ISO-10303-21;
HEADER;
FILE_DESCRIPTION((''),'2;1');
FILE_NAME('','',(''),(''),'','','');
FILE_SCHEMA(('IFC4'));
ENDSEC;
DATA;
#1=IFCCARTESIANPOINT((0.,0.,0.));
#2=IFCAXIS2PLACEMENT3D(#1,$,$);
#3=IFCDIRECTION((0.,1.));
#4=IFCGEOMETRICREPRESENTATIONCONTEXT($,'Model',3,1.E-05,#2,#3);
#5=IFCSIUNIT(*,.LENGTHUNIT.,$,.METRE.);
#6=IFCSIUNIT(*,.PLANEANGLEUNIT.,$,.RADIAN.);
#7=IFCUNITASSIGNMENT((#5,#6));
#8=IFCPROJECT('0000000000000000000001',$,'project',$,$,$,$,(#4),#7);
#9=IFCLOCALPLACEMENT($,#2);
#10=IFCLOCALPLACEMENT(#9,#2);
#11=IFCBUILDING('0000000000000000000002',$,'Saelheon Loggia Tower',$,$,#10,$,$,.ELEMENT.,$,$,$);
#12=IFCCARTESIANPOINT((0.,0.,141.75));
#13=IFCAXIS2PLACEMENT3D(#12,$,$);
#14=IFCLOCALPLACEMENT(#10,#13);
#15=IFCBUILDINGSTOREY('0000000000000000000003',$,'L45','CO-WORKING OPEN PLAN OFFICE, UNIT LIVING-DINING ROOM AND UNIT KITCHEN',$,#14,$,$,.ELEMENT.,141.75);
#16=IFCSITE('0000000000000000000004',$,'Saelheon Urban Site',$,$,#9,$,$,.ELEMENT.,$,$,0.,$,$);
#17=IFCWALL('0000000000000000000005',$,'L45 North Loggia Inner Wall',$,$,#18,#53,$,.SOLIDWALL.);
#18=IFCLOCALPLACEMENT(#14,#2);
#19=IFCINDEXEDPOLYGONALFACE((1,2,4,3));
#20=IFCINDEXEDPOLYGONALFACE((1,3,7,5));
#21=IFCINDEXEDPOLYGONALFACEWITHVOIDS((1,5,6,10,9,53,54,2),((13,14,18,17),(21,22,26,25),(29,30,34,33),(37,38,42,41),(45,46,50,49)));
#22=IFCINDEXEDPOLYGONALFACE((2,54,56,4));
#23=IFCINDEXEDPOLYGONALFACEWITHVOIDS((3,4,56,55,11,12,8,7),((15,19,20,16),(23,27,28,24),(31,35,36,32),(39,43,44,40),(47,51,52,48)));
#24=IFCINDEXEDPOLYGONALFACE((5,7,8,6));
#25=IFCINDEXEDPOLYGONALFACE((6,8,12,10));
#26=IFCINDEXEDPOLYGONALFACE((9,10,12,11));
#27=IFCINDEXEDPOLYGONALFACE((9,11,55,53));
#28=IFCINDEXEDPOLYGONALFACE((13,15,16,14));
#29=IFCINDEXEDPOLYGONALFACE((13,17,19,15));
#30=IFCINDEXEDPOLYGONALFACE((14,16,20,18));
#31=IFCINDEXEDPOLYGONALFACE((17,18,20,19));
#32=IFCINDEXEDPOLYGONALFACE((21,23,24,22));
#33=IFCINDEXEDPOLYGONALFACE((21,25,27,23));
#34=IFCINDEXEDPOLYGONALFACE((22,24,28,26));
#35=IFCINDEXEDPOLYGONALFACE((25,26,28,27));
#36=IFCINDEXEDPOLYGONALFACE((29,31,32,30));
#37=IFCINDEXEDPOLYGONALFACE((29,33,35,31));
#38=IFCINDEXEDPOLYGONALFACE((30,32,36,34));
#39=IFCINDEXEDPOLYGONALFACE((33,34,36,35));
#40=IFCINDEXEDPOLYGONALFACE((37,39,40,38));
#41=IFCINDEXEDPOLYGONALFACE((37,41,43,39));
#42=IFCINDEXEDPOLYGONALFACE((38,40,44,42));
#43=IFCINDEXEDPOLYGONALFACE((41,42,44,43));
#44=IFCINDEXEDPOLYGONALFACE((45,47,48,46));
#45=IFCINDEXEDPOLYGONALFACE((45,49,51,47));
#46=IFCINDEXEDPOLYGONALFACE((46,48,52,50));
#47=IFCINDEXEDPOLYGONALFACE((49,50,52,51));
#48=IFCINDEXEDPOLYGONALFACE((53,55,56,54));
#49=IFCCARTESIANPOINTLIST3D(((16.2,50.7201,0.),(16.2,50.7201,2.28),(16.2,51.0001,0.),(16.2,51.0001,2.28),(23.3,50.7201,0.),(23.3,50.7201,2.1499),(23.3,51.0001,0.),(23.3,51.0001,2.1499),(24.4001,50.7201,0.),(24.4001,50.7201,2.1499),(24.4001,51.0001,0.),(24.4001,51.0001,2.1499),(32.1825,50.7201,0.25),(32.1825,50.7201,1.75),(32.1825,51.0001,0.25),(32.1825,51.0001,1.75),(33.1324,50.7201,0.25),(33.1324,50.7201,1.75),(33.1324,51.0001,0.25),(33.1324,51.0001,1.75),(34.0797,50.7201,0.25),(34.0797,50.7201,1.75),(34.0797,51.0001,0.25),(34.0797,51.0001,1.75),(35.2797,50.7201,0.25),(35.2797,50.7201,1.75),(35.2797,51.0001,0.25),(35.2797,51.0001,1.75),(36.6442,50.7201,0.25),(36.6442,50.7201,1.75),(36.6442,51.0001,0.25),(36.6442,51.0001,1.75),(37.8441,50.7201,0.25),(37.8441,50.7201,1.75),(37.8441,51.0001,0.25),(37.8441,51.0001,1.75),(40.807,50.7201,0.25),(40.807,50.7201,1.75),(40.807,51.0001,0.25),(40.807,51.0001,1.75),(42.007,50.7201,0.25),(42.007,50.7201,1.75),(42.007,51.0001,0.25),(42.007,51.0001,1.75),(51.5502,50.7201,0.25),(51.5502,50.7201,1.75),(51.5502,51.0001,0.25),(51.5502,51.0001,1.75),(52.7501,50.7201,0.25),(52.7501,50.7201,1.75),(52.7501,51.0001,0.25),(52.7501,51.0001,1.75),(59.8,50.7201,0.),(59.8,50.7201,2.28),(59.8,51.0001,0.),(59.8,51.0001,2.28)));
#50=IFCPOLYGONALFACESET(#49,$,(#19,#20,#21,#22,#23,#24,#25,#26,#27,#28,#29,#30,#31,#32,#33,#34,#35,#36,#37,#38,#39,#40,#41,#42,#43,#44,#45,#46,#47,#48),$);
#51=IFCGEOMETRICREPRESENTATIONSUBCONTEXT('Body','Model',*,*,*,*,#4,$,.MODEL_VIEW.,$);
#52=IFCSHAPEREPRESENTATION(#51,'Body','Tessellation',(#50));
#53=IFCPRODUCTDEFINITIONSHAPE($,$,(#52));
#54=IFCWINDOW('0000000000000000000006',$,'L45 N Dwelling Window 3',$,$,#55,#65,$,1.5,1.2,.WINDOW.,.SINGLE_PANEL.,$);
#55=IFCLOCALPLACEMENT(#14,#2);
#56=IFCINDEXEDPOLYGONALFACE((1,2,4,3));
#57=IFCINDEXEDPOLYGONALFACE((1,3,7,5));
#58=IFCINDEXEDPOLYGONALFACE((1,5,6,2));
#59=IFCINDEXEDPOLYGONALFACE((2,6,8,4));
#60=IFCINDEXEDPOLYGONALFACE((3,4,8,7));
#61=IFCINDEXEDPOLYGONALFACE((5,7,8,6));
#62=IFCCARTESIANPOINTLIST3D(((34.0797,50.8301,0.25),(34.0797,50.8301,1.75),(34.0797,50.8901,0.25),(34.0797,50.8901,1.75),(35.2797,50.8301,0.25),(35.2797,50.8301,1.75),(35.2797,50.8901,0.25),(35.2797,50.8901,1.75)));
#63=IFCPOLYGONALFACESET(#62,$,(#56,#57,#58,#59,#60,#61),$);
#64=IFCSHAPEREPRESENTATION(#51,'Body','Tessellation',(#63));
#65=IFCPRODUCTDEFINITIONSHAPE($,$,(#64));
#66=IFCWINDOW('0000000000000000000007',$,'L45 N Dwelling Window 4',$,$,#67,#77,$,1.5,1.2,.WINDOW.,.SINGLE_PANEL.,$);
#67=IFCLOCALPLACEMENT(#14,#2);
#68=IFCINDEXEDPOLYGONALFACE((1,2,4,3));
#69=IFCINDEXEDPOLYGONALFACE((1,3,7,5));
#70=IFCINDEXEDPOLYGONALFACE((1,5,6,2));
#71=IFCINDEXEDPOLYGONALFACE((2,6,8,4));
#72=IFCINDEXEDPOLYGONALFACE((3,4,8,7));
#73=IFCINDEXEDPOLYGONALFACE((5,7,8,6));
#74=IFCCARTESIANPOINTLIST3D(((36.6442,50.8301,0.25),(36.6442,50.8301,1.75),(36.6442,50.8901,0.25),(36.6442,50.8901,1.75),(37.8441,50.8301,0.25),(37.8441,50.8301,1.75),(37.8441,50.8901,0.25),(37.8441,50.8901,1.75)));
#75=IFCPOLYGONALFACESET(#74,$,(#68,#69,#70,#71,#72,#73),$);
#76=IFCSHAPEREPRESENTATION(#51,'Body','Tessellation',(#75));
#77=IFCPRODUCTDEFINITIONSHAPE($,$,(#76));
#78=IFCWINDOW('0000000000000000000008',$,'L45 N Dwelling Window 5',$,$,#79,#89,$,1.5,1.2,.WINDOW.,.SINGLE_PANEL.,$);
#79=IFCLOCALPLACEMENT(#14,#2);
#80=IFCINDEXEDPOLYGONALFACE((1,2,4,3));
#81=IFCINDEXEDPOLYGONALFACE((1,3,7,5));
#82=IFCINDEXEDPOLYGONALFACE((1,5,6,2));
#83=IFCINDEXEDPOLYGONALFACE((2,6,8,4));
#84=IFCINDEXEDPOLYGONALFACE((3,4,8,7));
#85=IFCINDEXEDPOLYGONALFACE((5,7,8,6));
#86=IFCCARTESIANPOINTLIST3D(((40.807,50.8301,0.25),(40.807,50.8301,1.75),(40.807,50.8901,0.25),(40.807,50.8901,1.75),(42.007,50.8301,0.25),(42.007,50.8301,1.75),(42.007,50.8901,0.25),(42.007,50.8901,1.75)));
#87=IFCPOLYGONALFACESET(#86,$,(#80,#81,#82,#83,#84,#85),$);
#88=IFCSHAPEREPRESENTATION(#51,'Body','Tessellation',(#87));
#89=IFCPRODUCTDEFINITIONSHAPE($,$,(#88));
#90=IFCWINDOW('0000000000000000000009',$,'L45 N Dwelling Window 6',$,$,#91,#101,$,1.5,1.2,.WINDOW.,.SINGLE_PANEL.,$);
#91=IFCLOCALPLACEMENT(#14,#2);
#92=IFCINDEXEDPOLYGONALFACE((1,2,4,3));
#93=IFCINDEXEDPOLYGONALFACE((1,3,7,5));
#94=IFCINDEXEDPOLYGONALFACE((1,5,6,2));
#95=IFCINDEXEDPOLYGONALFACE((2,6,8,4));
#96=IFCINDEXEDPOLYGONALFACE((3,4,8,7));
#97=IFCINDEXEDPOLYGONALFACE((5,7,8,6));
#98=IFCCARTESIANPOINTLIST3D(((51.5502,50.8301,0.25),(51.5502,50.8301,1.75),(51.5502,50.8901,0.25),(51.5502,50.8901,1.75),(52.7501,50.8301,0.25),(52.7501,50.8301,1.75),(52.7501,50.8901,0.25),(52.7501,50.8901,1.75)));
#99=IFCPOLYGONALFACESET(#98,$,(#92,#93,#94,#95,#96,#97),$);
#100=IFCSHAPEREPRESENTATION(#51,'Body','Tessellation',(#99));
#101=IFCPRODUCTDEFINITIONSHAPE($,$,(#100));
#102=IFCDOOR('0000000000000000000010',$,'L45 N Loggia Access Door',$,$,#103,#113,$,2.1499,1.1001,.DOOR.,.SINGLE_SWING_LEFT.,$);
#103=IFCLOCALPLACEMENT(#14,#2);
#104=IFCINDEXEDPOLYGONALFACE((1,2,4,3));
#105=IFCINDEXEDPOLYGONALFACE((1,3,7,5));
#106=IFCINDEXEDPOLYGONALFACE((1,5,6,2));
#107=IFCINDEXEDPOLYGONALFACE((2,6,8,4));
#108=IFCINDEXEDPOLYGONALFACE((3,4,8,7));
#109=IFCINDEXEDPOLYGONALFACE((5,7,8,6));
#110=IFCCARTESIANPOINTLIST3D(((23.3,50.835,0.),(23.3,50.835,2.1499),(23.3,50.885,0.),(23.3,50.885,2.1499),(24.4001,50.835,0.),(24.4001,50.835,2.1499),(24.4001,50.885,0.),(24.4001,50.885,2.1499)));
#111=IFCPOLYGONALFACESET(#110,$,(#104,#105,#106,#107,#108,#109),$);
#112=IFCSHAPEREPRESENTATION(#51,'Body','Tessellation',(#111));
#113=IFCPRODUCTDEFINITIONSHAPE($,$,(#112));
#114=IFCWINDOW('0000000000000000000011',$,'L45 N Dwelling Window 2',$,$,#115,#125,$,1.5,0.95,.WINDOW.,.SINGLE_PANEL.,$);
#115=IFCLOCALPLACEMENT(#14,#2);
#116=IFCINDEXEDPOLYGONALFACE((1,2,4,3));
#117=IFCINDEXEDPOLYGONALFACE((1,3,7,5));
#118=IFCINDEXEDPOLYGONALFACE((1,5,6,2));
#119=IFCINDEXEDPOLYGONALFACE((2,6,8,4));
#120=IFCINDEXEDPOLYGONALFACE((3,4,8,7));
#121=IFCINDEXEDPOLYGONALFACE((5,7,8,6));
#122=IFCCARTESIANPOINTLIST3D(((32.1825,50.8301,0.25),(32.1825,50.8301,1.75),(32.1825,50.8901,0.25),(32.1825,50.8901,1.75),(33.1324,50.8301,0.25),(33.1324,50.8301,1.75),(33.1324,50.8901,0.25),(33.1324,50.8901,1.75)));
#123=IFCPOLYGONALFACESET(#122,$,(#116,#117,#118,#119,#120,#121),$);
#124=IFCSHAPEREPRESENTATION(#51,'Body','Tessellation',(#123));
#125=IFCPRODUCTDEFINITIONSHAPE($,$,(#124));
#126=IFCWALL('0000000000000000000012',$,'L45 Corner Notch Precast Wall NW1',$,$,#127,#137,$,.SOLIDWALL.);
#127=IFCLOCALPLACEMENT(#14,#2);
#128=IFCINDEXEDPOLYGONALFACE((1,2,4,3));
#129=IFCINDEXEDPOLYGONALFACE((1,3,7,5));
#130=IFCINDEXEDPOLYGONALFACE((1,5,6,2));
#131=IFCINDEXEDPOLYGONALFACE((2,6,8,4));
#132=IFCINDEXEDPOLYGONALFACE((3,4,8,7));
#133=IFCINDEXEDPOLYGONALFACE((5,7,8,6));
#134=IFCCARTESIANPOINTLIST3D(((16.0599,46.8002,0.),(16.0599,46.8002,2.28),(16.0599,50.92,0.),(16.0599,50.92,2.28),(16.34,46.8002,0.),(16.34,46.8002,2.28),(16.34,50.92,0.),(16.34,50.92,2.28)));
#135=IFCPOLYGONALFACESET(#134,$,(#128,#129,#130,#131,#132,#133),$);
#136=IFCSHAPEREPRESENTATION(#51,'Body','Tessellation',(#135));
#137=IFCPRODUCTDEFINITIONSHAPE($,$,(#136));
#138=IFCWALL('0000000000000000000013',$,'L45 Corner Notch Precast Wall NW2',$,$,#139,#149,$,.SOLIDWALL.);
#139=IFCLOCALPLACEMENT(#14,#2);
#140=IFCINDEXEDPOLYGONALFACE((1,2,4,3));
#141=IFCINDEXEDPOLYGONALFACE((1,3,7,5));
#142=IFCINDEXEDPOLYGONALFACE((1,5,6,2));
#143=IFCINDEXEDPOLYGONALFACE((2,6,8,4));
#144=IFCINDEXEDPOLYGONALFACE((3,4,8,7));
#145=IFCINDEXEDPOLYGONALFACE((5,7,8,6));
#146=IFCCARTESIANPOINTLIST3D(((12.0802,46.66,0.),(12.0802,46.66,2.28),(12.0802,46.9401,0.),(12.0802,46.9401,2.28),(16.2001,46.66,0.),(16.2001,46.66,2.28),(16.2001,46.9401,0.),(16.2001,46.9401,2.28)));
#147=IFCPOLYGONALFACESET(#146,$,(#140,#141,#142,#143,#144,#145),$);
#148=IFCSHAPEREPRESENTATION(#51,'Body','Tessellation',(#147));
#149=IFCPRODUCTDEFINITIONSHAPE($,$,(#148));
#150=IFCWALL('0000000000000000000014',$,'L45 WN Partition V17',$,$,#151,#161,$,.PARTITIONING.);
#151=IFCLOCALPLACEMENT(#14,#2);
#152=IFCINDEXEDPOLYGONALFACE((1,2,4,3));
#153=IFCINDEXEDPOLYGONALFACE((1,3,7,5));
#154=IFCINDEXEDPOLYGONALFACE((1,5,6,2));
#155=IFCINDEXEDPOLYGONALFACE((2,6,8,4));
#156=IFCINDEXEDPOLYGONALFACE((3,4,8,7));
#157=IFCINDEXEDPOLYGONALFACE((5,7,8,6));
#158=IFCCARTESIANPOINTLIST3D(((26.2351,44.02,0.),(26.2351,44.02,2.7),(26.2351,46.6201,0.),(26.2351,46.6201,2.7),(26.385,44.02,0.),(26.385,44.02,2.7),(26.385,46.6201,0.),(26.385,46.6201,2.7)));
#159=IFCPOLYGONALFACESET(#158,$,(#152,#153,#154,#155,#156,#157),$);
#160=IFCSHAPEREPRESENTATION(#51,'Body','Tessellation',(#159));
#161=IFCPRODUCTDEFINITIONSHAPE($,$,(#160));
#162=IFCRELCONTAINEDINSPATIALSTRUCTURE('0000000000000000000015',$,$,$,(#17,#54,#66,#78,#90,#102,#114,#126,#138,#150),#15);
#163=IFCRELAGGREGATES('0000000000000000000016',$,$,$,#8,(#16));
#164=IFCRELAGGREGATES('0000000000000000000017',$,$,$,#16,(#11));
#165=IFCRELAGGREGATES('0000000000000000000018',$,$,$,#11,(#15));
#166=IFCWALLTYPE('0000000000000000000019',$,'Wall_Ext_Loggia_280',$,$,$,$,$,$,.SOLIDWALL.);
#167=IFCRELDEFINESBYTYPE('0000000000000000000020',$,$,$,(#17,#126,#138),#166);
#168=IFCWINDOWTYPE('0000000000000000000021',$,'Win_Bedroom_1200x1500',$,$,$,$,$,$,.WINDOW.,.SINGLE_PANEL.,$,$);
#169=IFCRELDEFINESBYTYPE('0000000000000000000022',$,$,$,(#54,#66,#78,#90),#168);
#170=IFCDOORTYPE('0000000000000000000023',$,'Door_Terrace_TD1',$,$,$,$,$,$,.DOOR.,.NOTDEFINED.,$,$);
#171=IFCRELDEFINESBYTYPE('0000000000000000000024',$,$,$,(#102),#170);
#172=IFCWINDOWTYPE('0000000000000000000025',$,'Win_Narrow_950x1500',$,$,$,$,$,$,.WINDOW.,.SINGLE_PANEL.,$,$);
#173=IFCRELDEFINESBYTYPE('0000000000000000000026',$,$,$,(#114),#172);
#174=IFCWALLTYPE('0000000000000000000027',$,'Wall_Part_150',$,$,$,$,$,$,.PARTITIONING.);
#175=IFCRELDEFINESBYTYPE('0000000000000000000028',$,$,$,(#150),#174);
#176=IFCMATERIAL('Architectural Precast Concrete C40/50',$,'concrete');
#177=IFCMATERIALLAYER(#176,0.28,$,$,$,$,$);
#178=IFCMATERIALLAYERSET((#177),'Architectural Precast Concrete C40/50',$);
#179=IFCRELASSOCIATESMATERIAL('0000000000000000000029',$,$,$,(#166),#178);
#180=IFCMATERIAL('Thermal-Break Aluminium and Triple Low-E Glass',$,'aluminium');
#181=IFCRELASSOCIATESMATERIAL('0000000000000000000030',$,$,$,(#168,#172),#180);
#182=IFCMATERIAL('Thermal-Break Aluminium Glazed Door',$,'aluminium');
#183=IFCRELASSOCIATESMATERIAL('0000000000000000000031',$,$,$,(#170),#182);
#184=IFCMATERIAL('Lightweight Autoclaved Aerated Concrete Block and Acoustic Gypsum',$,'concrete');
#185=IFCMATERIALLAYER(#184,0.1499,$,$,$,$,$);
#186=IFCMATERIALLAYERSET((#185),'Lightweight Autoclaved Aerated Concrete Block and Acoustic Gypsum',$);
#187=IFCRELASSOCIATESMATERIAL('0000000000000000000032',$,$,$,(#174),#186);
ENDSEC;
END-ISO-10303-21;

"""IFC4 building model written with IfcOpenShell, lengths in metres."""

from ifc_helpers import new_model, si_unit, direction, frame, frame_2d, origin, place, context, subcontext, project, spatial, rectangle, extrude, source, transform, mapped, material, layer, layer_set, type_object, element, fill, save


model = new_model("IFC4")

# Units and contexts
model_context = context("Model", 3, precision=1e-05, world=origin(), true_north=direction((0.0, 1.0)))
body_context = subcontext(model_context, "Body", "Model", "MODEL_VIEW")
ifc_project = project(units=[si_unit("LENGTHUNIT", "METRE"), si_unit("PLANEANGLEUNIT", "RADIAN")], contexts=[model_context])

# Site, building, storey
site_placement = place(None, origin())
site = spatial("IfcSite", under=ifc_project, at=site_placement, Name="Saelheon Urban Site", CompositionType="ELEMENT", RefElevation=0.0)
building_placement = place(site_placement, origin())
building = spatial("IfcBuilding", under=site, at=building_placement, Name="Saelheon Loggia Tower", CompositionType="ELEMENT")
storey_placement = place(building_placement, frame((0.0, 0.0, 141.75)))
storey = spatial("IfcBuildingStorey", under=building, at=storey_placement, Name="L45", Description="CO-WORKING OPEN PLAN OFFICE, UNIT LIVING-DINING ROOM AND UNIT KITCHEN", CompositionType="ELEMENT", Elevation=141.75)

# Wall, openings, windows, door
ifc_material_1 = material(Name="Architectural Precast Concrete C40/50", Category="concrete")
ifc_layer_1 = layer(ifc_material_1, 0.28)
ifc_layer_set_1 = layer_set([ifc_layer_1], Name="Architectural Precast Concrete C40/50")
wall_type_1 = type_object("IfcWallType", Name="Wall_Ext_Loggia_280", PredefinedType="SOLIDWALL", material=ifc_layer_set_1)
wall_1_placement = place(storey_placement, frame((16.2, 50.8601, 0.0), z_axis=(0.0, 0.0, 1.0), x_axis=(1.0, 0.0, 0.0)))
wall_1 = element("IfcWall", 1, at=wall_1_placement, inside=storey, type_object=wall_type_1, Name="L45 North Loggia Inner Wall", PredefinedType="SOLIDWALL", context=body_context, shape_type="SweptSolid", body=[
    extrude(rectangle(XDim=43.6001, YDim=0.28, at=frame_2d((21.8, 0.0))), origin(), (0.0, 0.0, 1.0), 2.28),
])
opening_1_placement = place(wall_1_placement, frame((7.1001, 0.0, 0.0)))
opening_1 = element("IfcOpeningElement", 2, at=opening_1_placement, cuts=wall_1, PredefinedType="OPENING", context=body_context, shape_type="SweptSolid", body=[
    extrude(rectangle(XDim=1.1001, YDim=2.1499, at=frame_2d((0.55, 1.075))), frame((0.0, 0.1521, 0.0), z_axis=(0.0, -1.0, 0.0), x_axis=(1.0, 0.0, 0.0)), (0.0, 0.0, 1.0), 0.304),
])
opening_2_placement = place(wall_1_placement, frame((15.9824, 0.0, 0.25)))
opening_2 = element("IfcOpeningElement", 3, at=opening_2_placement, cuts=wall_1, PredefinedType="OPENING", context=body_context, shape_type="SweptSolid", body=[
    extrude(rectangle(XDim=0.95, YDim=1.5, at=frame_2d((0.4751, 0.75))), frame((0.0, 0.1521, 0.0), z_axis=(0.0, -1.0, 0.0), x_axis=(1.0, 0.0, 0.0)), (0.0, 0.0, 1.0), 0.304),
])
opening_3_placement = place(wall_1_placement, frame((17.8796, 0.0, 0.25)))
opening_3 = element("IfcOpeningElement", 4, at=opening_3_placement, cuts=wall_1, PredefinedType="OPENING", context=body_context, shape_type="SweptSolid", body=[
    extrude(rectangle(XDim=1.2, YDim=1.5, at=frame_2d((0.6001, 0.75))), frame((0.0, 0.1521, 0.0), z_axis=(0.0, -1.0, 0.0), x_axis=(1.0, 0.0, 0.0)), (0.0, 0.0, 1.0), 0.304),
])
opening_4_placement = place(wall_1_placement, frame((20.4441, 0.0, 0.25)))
opening_4 = element("IfcOpeningElement", 5, at=opening_4_placement, cuts=wall_1, PredefinedType="OPENING", context=body_context, shape_type="SweptSolid", body=[
    extrude(rectangle(XDim=1.2, YDim=1.5, at=frame_2d((0.6001, 0.75))), frame((0.0, 0.1521, 0.0), z_axis=(0.0, -1.0, 0.0), x_axis=(1.0, 0.0, 0.0)), (0.0, 0.0, 1.0), 0.304),
])
opening_5_placement = place(wall_1_placement, frame((24.6069, 0.0, 0.25)))
opening_5 = element("IfcOpeningElement", 6, at=opening_5_placement, cuts=wall_1, PredefinedType="OPENING", context=body_context, shape_type="SweptSolid", body=[
    extrude(rectangle(XDim=1.2, YDim=1.5, at=frame_2d((0.6001, 0.75))), frame((0.0, 0.1521, 0.0), z_axis=(0.0, -1.0, 0.0), x_axis=(1.0, 0.0, 0.0)), (0.0, 0.0, 1.0), 0.304),
])
opening_6_placement = place(wall_1_placement, frame((35.3501, 0.0, 0.25)))
opening_6 = element("IfcOpeningElement", 7, at=opening_6_placement, cuts=wall_1, PredefinedType="OPENING", context=body_context, shape_type="SweptSolid", body=[
    extrude(rectangle(XDim=1.2, YDim=1.5, at=frame_2d((0.6001, 0.75))), frame((0.0, 0.1521, 0.0), z_axis=(0.0, -1.0, 0.0), x_axis=(1.0, 0.0, 0.0)), (0.0, 0.0, 1.0), 0.304),
])
ifc_material_2 = material(Name="Thermal-Break Aluminium and Triple Low-E Glass", Category="aluminium")
window_type_1 = type_object("IfcWindowType", Name="Win_Bedroom_1200x1500", PartitioningType="SINGLE_PANEL", PredefinedType="WINDOW", material=ifc_material_2)
shared_shape_1 = source(origin(), body_context, "Body", "SweptSolid", [
    extrude(rectangle(XDim=1.2, YDim=1.5, at=frame_2d((0.6001, 0.75))), frame((0.0, 0.03, 0.0), z_axis=(0.0, -1.0, 0.0), x_axis=(1.0, 0.0, 0.0)), (0.0, 0.0, 1.0), 0.0601),
])
window_1_placement = place(opening_3_placement, origin())
window_1 = element("IfcWindow", 8, at=window_1_placement, inside=storey, type_object=window_type_1, Name="L45 N Dwelling Window 3", OverallHeight=1.5, OverallWidth=1.2, PartitioningType="SINGLE_PANEL", PredefinedType="WINDOW", context=body_context, shape_type="MappedRepresentation", body=[
    mapped(shared_shape_1, transform((0.0, 0.0, 0.0), scale=1.0)),
])
fill(opening_3, window_1)
window_2_placement = place(opening_4_placement, origin())
window_2 = element("IfcWindow", 9, at=window_2_placement, inside=storey, type_object=window_type_1, Name="L45 N Dwelling Window 4", OverallHeight=1.5, OverallWidth=1.2, PartitioningType="SINGLE_PANEL", PredefinedType="WINDOW", context=body_context, shape_type="MappedRepresentation", body=[
    mapped(shared_shape_1, transform((0.0, 0.0, 0.0), scale=1.0)),
])
fill(opening_4, window_2)
window_3_placement = place(opening_5_placement, origin())
window_3 = element("IfcWindow", 10, at=window_3_placement, inside=storey, type_object=window_type_1, Name="L45 N Dwelling Window 5", OverallHeight=1.5, OverallWidth=1.2, PartitioningType="SINGLE_PANEL", PredefinedType="WINDOW", context=body_context, shape_type="MappedRepresentation", body=[
    mapped(shared_shape_1, transform((0.0, 0.0, 0.0), scale=1.0)),
])
fill(opening_5, window_3)
window_4_placement = place(opening_6_placement, origin())
window_4 = element("IfcWindow", 11, at=window_4_placement, inside=storey, type_object=window_type_1, Name="L45 N Dwelling Window 6", OverallHeight=1.5, OverallWidth=1.2, PartitioningType="SINGLE_PANEL", PredefinedType="WINDOW", context=body_context, shape_type="MappedRepresentation", body=[
    mapped(shared_shape_1, transform((0.0, 0.0, 0.0), scale=1.0)),
])
fill(opening_6, window_4)
ifc_material_3 = material(Name="Thermal-Break Aluminium Glazed Door", Category="aluminium")
door_type_1 = type_object("IfcDoorType", Name="Door_Terrace_TD1", OperationType="NOTDEFINED", PredefinedType="DOOR", material=ifc_material_3)
shared_shape_2 = source(origin(), body_context, "Body", "SweptSolid", [
    extrude(rectangle(XDim=1.1001, YDim=2.1499, at=frame_2d((0.55, 1.075))), frame((0.0, 0.0249, 0.0), z_axis=(0.0, -1.0, 0.0), x_axis=(1.0, 0.0, 0.0)), (0.0, 0.0, 1.0), 0.05),
])
door_1_placement = place(opening_1_placement, origin())
door_1 = element("IfcDoor", 12, at=door_1_placement, inside=storey, type_object=door_type_1, Name="L45 N Loggia Access Door", OperationType="SINGLE_SWING_LEFT", OverallHeight=2.1499, OverallWidth=1.1001, PredefinedType="DOOR", context=body_context, shape_type="MappedRepresentation", body=[
    mapped(shared_shape_2, transform((0.0, 0.0, 0.0), scale=1.0)),
])
fill(opening_1, door_1)
window_type_2 = type_object("IfcWindowType", Name="Win_Narrow_950x1500", PartitioningType="SINGLE_PANEL", PredefinedType="WINDOW", material=ifc_material_2)
shared_shape_3 = source(origin(), body_context, "Body", "SweptSolid", [
    extrude(rectangle(XDim=0.95, YDim=1.5, at=frame_2d((0.4751, 0.75))), frame((0.0, 0.03, 0.0), z_axis=(0.0, -1.0, 0.0), x_axis=(1.0, 0.0, 0.0)), (0.0, 0.0, 1.0), 0.0601),
])
window_5_placement = place(opening_2_placement, origin())
window_5 = element("IfcWindow", 13, at=window_5_placement, inside=storey, type_object=window_type_2, Name="L45 N Dwelling Window 2", OverallHeight=1.5, OverallWidth=0.95, PartitioningType="SINGLE_PANEL", PredefinedType="WINDOW", context=body_context, shape_type="MappedRepresentation", body=[
    mapped(shared_shape_3, transform((0.0, 0.0, 0.0), scale=1.0)),
])
fill(opening_2, window_5)

# Walls
for number, where, z_axis, x_axis, name in (
    (14, (16.2, 46.8, 0.0), (0.0, 0.0, 1.0), (0.0, 1.0, 0.0), "L45 Corner Notch Precast Wall NW1"),
    (15, (12.0801, 46.8, 0.0), (0.0, 0.0, 1.0), (1.0, 0.0, 0.0), "L45 Corner Notch Precast Wall NW2"),
):
    element("IfcWall", number, at=place(storey_placement, frame(where, z_axis=z_axis, x_axis=x_axis)), inside=storey, type_object=wall_type_1, Name=name, PredefinedType="SOLIDWALL", context=body_context, shape_type="SweptSolid", body=[
        extrude(rectangle(XDim=4.1199, YDim=0.28, at=frame_2d((2.0601, 0.0))), origin(), (0.0, 0.0, 1.0), 2.28),
    ])
ifc_material_4 = material(Name="Lightweight Autoclaved Aerated Concrete Block and Acoustic Gypsum", Category="concrete")
ifc_layer_2 = layer(ifc_material_4, 0.1499)
ifc_layer_set_2 = layer_set([ifc_layer_2], Name="Lightweight Autoclaved Aerated Concrete Block and Acoustic Gypsum")
wall_type_2 = type_object("IfcWallType", Name="Wall_Part_150", PredefinedType="PARTITIONING", material=ifc_layer_set_2)
wall_2_placement = place(storey_placement, frame((26.3101, 44.02, 0.0), z_axis=(0.0, 0.0, 1.0), x_axis=(0.0, 1.0, 0.0)))
element("IfcWall", 16, at=wall_2_placement, inside=storey, type_object=wall_type_2, Name="L45 WN Partition V17", PredefinedType="PARTITIONING", context=body_context, shape_type="SweptSolid", body=[
    extrude(rectangle(XDim=2.6001, YDim=0.1499, at=frame_2d((1.3, 0.0))), origin(), (0.0, 0.0, 1.0), 2.7),
])

save(model, "model.ifc")
